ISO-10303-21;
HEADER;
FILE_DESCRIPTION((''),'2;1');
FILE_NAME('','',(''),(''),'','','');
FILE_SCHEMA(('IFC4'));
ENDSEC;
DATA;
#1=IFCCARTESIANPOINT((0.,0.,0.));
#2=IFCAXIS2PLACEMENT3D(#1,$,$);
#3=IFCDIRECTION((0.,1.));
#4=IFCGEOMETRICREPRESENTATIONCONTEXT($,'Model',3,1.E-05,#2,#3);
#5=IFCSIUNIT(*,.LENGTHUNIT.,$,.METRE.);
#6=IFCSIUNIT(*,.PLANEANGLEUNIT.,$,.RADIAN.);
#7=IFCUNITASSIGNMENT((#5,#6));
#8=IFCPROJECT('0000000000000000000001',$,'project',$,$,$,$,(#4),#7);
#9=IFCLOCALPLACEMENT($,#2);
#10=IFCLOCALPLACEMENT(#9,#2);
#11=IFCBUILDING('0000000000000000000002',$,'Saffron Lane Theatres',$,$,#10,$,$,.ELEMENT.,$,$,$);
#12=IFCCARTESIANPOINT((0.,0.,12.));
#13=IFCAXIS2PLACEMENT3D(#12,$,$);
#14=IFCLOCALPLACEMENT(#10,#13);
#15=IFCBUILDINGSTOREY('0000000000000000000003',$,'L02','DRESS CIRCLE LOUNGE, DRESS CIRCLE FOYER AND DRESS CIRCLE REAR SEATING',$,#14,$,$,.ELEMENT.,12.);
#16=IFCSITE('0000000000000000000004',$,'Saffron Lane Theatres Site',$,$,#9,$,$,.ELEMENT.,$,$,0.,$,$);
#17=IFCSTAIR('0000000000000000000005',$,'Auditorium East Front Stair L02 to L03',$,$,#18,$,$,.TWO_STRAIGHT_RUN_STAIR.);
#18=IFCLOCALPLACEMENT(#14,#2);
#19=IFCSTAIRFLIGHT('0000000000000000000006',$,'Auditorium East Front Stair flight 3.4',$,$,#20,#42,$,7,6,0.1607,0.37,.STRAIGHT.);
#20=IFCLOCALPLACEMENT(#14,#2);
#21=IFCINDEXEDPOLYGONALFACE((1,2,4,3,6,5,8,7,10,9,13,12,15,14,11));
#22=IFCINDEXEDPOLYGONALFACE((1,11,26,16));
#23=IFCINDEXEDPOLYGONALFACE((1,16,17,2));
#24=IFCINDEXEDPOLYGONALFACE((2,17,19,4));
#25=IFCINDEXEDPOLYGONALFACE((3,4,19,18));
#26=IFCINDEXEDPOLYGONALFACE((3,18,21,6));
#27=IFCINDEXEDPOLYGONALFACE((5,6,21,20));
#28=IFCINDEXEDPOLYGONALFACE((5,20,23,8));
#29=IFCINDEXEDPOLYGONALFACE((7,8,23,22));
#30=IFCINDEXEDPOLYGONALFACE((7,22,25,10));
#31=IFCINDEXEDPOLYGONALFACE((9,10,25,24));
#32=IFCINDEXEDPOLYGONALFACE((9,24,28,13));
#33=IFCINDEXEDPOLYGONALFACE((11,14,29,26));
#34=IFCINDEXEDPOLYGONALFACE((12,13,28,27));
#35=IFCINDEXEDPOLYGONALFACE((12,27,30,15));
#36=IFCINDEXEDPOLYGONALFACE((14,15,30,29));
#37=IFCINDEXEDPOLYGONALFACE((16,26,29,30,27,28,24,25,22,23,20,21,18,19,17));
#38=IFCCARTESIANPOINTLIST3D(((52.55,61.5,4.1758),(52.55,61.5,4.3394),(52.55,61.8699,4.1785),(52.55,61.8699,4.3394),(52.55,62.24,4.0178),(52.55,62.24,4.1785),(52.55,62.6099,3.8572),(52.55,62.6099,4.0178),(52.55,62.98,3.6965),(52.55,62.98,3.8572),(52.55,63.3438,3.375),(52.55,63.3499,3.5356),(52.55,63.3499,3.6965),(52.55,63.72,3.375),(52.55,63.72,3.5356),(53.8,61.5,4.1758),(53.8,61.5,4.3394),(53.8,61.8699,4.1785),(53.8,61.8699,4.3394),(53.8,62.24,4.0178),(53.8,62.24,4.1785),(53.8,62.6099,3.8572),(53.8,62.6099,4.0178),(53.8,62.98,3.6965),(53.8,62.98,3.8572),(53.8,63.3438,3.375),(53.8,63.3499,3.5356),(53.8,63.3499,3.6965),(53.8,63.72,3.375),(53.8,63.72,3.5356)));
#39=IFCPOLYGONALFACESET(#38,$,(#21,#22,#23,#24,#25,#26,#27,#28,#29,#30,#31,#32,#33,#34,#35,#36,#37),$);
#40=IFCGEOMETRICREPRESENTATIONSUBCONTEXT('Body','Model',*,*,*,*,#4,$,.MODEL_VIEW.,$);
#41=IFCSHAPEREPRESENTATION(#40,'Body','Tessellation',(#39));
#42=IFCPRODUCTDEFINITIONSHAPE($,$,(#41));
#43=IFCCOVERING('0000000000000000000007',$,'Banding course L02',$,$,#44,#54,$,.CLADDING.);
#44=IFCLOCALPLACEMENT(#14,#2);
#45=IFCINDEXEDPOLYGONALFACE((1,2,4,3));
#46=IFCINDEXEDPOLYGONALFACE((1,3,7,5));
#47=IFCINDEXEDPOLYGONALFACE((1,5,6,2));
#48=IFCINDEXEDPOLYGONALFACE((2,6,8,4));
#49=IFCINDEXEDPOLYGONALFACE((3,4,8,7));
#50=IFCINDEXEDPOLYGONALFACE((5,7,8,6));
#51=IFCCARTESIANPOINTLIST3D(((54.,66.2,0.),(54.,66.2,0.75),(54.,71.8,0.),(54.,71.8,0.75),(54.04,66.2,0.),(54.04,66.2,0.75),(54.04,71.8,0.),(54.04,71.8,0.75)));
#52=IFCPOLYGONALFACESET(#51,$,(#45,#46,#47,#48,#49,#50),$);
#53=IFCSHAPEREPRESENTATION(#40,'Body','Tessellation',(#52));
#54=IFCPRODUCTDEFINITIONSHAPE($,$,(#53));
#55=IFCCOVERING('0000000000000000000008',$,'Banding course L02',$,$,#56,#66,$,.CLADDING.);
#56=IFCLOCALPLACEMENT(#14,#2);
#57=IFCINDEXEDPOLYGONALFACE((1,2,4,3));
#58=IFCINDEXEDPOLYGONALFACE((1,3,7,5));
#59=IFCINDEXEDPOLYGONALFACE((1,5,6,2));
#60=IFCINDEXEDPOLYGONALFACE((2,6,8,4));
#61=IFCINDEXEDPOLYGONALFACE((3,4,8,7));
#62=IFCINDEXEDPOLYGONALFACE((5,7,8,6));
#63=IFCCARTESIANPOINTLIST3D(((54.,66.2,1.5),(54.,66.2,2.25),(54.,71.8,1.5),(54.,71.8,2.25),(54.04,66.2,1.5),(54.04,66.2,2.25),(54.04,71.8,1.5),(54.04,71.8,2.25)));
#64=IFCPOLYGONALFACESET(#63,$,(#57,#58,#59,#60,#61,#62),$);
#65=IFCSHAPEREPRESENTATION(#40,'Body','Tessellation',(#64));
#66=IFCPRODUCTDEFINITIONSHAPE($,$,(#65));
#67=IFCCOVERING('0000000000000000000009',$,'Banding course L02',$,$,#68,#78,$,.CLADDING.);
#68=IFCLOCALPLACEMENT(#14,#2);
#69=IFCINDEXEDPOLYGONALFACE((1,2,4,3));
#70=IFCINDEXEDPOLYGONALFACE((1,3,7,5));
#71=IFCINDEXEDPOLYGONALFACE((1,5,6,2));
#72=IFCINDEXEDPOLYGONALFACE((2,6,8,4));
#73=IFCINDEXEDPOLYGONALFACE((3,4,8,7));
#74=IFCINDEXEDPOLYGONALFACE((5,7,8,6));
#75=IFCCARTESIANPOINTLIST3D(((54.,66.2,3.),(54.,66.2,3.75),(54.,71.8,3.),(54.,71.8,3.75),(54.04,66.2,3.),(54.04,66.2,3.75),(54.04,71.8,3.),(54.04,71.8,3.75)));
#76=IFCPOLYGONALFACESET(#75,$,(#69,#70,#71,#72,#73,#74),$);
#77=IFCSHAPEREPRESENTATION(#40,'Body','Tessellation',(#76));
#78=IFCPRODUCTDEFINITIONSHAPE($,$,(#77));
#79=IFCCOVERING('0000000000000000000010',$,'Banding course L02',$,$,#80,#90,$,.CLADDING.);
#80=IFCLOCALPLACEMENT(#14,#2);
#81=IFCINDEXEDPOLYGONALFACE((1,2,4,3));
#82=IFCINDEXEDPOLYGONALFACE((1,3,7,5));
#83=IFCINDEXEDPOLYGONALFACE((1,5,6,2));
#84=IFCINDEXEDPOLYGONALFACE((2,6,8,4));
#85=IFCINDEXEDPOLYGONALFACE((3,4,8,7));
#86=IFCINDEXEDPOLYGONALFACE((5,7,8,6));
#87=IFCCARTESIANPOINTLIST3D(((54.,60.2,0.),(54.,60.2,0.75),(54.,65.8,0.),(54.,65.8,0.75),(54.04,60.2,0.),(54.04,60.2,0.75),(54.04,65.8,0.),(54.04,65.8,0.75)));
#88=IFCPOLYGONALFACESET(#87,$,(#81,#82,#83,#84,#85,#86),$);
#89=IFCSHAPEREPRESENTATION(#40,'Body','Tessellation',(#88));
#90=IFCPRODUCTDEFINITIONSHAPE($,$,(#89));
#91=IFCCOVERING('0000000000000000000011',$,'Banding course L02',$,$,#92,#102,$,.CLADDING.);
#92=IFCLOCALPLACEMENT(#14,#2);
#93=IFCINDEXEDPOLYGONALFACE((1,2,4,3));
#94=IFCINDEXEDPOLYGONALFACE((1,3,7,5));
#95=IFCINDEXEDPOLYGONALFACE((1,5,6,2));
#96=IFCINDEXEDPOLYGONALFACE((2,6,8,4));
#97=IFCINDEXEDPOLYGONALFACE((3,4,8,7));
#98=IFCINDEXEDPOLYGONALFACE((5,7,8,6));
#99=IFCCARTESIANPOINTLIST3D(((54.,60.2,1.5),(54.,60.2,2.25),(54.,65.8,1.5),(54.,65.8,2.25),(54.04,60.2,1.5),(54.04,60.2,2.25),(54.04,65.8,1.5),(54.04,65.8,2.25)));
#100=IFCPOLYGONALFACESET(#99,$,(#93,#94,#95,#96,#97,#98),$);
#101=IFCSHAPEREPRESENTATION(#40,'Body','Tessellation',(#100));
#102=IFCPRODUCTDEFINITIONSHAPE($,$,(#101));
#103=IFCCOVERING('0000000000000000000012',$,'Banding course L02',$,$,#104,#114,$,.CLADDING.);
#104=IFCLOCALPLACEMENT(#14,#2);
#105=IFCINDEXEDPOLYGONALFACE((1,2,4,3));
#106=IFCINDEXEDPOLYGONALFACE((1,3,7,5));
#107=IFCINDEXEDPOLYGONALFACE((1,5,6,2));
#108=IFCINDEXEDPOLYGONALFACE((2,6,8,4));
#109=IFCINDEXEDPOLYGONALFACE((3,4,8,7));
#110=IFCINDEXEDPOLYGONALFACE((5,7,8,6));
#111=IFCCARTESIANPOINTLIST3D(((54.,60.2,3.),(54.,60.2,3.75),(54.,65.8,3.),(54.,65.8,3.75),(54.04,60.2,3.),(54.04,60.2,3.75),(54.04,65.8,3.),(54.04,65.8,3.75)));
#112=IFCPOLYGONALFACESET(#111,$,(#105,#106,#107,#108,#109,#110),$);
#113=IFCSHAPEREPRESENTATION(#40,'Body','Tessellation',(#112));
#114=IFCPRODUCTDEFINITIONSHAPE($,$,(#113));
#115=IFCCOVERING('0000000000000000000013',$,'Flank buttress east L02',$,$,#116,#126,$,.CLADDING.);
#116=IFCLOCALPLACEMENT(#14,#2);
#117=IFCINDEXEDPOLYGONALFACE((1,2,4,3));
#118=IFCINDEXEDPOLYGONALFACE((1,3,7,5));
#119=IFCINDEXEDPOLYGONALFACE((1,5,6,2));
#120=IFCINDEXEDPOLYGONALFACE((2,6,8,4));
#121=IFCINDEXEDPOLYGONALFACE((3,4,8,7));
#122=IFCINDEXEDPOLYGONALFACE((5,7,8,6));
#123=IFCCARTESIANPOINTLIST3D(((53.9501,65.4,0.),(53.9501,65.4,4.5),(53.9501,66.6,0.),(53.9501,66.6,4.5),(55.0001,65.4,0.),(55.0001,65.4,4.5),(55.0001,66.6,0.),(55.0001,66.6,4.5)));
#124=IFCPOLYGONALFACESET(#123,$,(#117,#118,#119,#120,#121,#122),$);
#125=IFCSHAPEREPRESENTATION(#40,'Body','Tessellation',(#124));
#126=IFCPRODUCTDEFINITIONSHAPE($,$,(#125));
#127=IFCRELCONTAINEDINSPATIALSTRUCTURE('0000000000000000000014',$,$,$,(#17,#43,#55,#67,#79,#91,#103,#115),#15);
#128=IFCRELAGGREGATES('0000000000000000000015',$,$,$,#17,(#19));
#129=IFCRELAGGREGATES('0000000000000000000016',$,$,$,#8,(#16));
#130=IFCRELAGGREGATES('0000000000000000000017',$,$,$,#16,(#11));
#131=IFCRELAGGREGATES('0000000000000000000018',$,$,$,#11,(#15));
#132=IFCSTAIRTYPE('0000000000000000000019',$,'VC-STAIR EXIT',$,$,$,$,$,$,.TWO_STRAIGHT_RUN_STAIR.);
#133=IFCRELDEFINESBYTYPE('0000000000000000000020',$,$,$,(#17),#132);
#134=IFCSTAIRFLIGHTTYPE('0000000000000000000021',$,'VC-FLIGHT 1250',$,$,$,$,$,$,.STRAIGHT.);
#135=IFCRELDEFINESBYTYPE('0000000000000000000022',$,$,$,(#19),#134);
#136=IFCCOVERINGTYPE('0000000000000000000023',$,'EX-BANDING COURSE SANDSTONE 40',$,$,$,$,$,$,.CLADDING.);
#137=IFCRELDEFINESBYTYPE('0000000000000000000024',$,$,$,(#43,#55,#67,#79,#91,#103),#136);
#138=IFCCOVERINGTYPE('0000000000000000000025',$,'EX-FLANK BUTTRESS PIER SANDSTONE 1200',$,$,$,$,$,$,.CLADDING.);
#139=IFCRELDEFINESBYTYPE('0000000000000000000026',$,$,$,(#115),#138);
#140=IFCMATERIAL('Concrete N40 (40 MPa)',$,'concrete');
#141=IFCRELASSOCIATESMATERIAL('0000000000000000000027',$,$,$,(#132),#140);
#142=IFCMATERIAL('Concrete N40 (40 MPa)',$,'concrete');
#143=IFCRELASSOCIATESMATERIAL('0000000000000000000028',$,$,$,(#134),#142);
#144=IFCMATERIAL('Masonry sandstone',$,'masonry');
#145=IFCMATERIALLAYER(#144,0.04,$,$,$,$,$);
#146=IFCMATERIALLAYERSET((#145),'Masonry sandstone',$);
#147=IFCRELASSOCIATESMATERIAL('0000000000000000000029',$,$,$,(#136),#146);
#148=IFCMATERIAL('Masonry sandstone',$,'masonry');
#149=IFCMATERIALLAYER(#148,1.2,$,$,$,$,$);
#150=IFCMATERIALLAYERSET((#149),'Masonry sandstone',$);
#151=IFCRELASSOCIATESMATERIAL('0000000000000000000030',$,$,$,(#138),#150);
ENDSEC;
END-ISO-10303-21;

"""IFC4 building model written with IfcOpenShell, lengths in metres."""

from ifc_helpers import new_model, si_unit, direction, frame, origin, origin_2d, place, context, subcontext, project, spatial, polyline, rectangle, outline, extrude, material, layer, layer_set, type_object, element, aggregate, save


model = new_model("IFC4")

# Units and contexts
model_context = context("Model", 3, precision=1e-05, world=origin(), true_north=direction((0.0, 1.0)))
body_context = subcontext(model_context, "Body", "Model", "MODEL_VIEW")
ifc_project = project(units=[si_unit("LENGTHUNIT", "METRE"), si_unit("PLANEANGLEUNIT", "RADIAN")], contexts=[model_context])

# Site, building, storey
site_placement = place(None, origin())
site = spatial("IfcSite", under=ifc_project, at=site_placement, Name="Saffron Lane Theatres Site", CompositionType="ELEMENT", RefElevation=0.0)
building_placement = place(site_placement, origin())
building = spatial("IfcBuilding", under=site, at=building_placement, Name="Saffron Lane Theatres", CompositionType="ELEMENT")
storey_placement = place(building_placement, frame((0.0, 0.0, 12.0)))
storey = spatial("IfcBuildingStorey", under=building, at=storey_placement, Name="L02", Description="DRESS CIRCLE LOUNGE, DRESS CIRCLE FOYER AND DRESS CIRCLE REAR SEATING", CompositionType="ELEMENT", Elevation=12.0)

# Stair, stair flight
ifc_material_1 = material(Name="Concrete N40 (40 MPa)", Category="concrete")
stair_type = type_object("IfcStairType", Name="VC-STAIR EXIT", PredefinedType="TWO_STRAIGHT_RUN_STAIR", material=ifc_material_1)
ifc_material_2 = material(Name="Concrete N40 (40 MPa)", Category="concrete")
stair_flight_type = type_object("IfcStairFlightType", Name="VC-FLIGHT 1250", PredefinedType="STRAIGHT", material=ifc_material_2)
stair_1_placement = place(storey_placement, origin())
stair_1 = element("IfcStair", 1, at=stair_1_placement, inside=storey, type_object=stair_type, Name="Auditorium East Front Stair L02 to L03", PredefinedType="TWO_STRAIGHT_RUN_STAIR")
stair_flight_1_placement = place(storey_placement, frame((53.175, 63.72, 3.375), z_axis=(0.0, 0.0, 1.0), x_axis=(0.0, -1.0, 0.0)))
stair_flight_1 = element("IfcStairFlight", 2, at=stair_flight_1_placement, type_object=stair_flight_type, Name="Auditorium East Front Stair flight 3.4", NumberOfRisers=7, NumberOfTreads=6, PredefinedType="STRAIGHT", RiserHeight=0.1607, TreadLength=0.37, context=body_context, shape_type="SweptSolid", body=[
    extrude(outline(polyline([(0.0, 0.0), (0.0, 0.1606), (0.3701, 0.1606), (0.3701, 0.3215), (0.74, 0.3215), (0.74, 0.4822), (1.1101, 0.4822), (1.1101, 0.6428), (1.48, 0.6428), (1.48, 0.8035), (1.8501, 0.8035), (1.8501, 0.9644), (2.22, 0.9644), (2.22, 1.125), (2.22, 0.8008), (0.3762, 0.0), (0.0, 0.0)])), frame((0.0, 0.625, 0.0), z_axis=(0.0, -1.0, 0.0), x_axis=(1.0, 0.0, 0.0)), (0.0, 0.0, 1.0), 1.25),
])
aggregate(stair_1, [stair_flight_1])

# Coverings
ifc_material_3 = material(Name="Masonry sandstone", Category="masonry")
ifc_layer_1 = layer(ifc_material_3, 0.04)
ifc_layer_set_1 = layer_set([ifc_layer_1], Name="Masonry sandstone")
covering_type_1 = type_object("IfcCoveringType", Name="EX-BANDING COURSE SANDSTONE 40", PredefinedType="CLADDING", material=ifc_layer_set_1)
for number, where, z_axis, x_axis, name in (
    (3, (54.02, 69.0, 0.0), (0.0, 0.0, 1.0), (0.0, 1.0, 0.0), "Banding course L02"),
    (4, (54.02, 69.0, 1.5), (0.0, 0.0, 1.0), (0.0, 1.0, 0.0), "Banding course L02"),
    (5, (54.02, 69.0, 3.0), (0.0, 0.0, 1.0), (0.0, 1.0, 0.0), "Banding course L02"),
    (6, (54.02, 63.0, 0.0), (0.0, 0.0, 1.0), (0.0, 1.0, 0.0), "Banding course L02"),
    (7, (54.02, 63.0, 1.5), (0.0, 0.0, 1.0), (0.0, 1.0, 0.0), "Banding course L02"),
    (8, (54.02, 63.0, 3.0), (0.0, 0.0, 1.0), (0.0, 1.0, 0.0), "Banding course L02"),
):
    element("IfcCovering", number, at=place(storey_placement, frame(where, z_axis=z_axis, x_axis=x_axis)), inside=storey, type_object=covering_type_1, Name=name, PredefinedType="CLADDING", context=body_context, shape_type="SweptSolid", body=[
        extrude(rectangle(XDim=5.6001, YDim=0.04, at=origin_2d()), origin(), (0.0, 0.0, 1.0), 0.75),
    ])
ifc_material_4 = material(Name="Masonry sandstone", Category="masonry")
ifc_layer_2 = layer(ifc_material_4, 1.2)
ifc_layer_set_2 = layer_set([ifc_layer_2], Name="Masonry sandstone")
covering_type_2 = type_object("IfcCoveringType", Name="EX-FLANK BUTTRESS PIER SANDSTONE 1200", PredefinedType="CLADDING", material=ifc_layer_set_2)
covering_placement = place(storey_placement, frame((54.4751, 66.0, 0.0), z_axis=(0.0, 0.0, 1.0), x_axis=(0.0, 1.0, 0.0)))
element("IfcCovering", 9, at=covering_placement, inside=storey, type_object=covering_type_2, Name="Flank buttress east L02", PredefinedType="CLADDING", context=body_context, shape_type="SweptSolid", body=[
    extrude(rectangle(XDim=1.2, YDim=1.05, at=origin_2d()), origin(), (0.0, 0.0, 1.0), 4.5),
])

save(model, "model.ifc")
